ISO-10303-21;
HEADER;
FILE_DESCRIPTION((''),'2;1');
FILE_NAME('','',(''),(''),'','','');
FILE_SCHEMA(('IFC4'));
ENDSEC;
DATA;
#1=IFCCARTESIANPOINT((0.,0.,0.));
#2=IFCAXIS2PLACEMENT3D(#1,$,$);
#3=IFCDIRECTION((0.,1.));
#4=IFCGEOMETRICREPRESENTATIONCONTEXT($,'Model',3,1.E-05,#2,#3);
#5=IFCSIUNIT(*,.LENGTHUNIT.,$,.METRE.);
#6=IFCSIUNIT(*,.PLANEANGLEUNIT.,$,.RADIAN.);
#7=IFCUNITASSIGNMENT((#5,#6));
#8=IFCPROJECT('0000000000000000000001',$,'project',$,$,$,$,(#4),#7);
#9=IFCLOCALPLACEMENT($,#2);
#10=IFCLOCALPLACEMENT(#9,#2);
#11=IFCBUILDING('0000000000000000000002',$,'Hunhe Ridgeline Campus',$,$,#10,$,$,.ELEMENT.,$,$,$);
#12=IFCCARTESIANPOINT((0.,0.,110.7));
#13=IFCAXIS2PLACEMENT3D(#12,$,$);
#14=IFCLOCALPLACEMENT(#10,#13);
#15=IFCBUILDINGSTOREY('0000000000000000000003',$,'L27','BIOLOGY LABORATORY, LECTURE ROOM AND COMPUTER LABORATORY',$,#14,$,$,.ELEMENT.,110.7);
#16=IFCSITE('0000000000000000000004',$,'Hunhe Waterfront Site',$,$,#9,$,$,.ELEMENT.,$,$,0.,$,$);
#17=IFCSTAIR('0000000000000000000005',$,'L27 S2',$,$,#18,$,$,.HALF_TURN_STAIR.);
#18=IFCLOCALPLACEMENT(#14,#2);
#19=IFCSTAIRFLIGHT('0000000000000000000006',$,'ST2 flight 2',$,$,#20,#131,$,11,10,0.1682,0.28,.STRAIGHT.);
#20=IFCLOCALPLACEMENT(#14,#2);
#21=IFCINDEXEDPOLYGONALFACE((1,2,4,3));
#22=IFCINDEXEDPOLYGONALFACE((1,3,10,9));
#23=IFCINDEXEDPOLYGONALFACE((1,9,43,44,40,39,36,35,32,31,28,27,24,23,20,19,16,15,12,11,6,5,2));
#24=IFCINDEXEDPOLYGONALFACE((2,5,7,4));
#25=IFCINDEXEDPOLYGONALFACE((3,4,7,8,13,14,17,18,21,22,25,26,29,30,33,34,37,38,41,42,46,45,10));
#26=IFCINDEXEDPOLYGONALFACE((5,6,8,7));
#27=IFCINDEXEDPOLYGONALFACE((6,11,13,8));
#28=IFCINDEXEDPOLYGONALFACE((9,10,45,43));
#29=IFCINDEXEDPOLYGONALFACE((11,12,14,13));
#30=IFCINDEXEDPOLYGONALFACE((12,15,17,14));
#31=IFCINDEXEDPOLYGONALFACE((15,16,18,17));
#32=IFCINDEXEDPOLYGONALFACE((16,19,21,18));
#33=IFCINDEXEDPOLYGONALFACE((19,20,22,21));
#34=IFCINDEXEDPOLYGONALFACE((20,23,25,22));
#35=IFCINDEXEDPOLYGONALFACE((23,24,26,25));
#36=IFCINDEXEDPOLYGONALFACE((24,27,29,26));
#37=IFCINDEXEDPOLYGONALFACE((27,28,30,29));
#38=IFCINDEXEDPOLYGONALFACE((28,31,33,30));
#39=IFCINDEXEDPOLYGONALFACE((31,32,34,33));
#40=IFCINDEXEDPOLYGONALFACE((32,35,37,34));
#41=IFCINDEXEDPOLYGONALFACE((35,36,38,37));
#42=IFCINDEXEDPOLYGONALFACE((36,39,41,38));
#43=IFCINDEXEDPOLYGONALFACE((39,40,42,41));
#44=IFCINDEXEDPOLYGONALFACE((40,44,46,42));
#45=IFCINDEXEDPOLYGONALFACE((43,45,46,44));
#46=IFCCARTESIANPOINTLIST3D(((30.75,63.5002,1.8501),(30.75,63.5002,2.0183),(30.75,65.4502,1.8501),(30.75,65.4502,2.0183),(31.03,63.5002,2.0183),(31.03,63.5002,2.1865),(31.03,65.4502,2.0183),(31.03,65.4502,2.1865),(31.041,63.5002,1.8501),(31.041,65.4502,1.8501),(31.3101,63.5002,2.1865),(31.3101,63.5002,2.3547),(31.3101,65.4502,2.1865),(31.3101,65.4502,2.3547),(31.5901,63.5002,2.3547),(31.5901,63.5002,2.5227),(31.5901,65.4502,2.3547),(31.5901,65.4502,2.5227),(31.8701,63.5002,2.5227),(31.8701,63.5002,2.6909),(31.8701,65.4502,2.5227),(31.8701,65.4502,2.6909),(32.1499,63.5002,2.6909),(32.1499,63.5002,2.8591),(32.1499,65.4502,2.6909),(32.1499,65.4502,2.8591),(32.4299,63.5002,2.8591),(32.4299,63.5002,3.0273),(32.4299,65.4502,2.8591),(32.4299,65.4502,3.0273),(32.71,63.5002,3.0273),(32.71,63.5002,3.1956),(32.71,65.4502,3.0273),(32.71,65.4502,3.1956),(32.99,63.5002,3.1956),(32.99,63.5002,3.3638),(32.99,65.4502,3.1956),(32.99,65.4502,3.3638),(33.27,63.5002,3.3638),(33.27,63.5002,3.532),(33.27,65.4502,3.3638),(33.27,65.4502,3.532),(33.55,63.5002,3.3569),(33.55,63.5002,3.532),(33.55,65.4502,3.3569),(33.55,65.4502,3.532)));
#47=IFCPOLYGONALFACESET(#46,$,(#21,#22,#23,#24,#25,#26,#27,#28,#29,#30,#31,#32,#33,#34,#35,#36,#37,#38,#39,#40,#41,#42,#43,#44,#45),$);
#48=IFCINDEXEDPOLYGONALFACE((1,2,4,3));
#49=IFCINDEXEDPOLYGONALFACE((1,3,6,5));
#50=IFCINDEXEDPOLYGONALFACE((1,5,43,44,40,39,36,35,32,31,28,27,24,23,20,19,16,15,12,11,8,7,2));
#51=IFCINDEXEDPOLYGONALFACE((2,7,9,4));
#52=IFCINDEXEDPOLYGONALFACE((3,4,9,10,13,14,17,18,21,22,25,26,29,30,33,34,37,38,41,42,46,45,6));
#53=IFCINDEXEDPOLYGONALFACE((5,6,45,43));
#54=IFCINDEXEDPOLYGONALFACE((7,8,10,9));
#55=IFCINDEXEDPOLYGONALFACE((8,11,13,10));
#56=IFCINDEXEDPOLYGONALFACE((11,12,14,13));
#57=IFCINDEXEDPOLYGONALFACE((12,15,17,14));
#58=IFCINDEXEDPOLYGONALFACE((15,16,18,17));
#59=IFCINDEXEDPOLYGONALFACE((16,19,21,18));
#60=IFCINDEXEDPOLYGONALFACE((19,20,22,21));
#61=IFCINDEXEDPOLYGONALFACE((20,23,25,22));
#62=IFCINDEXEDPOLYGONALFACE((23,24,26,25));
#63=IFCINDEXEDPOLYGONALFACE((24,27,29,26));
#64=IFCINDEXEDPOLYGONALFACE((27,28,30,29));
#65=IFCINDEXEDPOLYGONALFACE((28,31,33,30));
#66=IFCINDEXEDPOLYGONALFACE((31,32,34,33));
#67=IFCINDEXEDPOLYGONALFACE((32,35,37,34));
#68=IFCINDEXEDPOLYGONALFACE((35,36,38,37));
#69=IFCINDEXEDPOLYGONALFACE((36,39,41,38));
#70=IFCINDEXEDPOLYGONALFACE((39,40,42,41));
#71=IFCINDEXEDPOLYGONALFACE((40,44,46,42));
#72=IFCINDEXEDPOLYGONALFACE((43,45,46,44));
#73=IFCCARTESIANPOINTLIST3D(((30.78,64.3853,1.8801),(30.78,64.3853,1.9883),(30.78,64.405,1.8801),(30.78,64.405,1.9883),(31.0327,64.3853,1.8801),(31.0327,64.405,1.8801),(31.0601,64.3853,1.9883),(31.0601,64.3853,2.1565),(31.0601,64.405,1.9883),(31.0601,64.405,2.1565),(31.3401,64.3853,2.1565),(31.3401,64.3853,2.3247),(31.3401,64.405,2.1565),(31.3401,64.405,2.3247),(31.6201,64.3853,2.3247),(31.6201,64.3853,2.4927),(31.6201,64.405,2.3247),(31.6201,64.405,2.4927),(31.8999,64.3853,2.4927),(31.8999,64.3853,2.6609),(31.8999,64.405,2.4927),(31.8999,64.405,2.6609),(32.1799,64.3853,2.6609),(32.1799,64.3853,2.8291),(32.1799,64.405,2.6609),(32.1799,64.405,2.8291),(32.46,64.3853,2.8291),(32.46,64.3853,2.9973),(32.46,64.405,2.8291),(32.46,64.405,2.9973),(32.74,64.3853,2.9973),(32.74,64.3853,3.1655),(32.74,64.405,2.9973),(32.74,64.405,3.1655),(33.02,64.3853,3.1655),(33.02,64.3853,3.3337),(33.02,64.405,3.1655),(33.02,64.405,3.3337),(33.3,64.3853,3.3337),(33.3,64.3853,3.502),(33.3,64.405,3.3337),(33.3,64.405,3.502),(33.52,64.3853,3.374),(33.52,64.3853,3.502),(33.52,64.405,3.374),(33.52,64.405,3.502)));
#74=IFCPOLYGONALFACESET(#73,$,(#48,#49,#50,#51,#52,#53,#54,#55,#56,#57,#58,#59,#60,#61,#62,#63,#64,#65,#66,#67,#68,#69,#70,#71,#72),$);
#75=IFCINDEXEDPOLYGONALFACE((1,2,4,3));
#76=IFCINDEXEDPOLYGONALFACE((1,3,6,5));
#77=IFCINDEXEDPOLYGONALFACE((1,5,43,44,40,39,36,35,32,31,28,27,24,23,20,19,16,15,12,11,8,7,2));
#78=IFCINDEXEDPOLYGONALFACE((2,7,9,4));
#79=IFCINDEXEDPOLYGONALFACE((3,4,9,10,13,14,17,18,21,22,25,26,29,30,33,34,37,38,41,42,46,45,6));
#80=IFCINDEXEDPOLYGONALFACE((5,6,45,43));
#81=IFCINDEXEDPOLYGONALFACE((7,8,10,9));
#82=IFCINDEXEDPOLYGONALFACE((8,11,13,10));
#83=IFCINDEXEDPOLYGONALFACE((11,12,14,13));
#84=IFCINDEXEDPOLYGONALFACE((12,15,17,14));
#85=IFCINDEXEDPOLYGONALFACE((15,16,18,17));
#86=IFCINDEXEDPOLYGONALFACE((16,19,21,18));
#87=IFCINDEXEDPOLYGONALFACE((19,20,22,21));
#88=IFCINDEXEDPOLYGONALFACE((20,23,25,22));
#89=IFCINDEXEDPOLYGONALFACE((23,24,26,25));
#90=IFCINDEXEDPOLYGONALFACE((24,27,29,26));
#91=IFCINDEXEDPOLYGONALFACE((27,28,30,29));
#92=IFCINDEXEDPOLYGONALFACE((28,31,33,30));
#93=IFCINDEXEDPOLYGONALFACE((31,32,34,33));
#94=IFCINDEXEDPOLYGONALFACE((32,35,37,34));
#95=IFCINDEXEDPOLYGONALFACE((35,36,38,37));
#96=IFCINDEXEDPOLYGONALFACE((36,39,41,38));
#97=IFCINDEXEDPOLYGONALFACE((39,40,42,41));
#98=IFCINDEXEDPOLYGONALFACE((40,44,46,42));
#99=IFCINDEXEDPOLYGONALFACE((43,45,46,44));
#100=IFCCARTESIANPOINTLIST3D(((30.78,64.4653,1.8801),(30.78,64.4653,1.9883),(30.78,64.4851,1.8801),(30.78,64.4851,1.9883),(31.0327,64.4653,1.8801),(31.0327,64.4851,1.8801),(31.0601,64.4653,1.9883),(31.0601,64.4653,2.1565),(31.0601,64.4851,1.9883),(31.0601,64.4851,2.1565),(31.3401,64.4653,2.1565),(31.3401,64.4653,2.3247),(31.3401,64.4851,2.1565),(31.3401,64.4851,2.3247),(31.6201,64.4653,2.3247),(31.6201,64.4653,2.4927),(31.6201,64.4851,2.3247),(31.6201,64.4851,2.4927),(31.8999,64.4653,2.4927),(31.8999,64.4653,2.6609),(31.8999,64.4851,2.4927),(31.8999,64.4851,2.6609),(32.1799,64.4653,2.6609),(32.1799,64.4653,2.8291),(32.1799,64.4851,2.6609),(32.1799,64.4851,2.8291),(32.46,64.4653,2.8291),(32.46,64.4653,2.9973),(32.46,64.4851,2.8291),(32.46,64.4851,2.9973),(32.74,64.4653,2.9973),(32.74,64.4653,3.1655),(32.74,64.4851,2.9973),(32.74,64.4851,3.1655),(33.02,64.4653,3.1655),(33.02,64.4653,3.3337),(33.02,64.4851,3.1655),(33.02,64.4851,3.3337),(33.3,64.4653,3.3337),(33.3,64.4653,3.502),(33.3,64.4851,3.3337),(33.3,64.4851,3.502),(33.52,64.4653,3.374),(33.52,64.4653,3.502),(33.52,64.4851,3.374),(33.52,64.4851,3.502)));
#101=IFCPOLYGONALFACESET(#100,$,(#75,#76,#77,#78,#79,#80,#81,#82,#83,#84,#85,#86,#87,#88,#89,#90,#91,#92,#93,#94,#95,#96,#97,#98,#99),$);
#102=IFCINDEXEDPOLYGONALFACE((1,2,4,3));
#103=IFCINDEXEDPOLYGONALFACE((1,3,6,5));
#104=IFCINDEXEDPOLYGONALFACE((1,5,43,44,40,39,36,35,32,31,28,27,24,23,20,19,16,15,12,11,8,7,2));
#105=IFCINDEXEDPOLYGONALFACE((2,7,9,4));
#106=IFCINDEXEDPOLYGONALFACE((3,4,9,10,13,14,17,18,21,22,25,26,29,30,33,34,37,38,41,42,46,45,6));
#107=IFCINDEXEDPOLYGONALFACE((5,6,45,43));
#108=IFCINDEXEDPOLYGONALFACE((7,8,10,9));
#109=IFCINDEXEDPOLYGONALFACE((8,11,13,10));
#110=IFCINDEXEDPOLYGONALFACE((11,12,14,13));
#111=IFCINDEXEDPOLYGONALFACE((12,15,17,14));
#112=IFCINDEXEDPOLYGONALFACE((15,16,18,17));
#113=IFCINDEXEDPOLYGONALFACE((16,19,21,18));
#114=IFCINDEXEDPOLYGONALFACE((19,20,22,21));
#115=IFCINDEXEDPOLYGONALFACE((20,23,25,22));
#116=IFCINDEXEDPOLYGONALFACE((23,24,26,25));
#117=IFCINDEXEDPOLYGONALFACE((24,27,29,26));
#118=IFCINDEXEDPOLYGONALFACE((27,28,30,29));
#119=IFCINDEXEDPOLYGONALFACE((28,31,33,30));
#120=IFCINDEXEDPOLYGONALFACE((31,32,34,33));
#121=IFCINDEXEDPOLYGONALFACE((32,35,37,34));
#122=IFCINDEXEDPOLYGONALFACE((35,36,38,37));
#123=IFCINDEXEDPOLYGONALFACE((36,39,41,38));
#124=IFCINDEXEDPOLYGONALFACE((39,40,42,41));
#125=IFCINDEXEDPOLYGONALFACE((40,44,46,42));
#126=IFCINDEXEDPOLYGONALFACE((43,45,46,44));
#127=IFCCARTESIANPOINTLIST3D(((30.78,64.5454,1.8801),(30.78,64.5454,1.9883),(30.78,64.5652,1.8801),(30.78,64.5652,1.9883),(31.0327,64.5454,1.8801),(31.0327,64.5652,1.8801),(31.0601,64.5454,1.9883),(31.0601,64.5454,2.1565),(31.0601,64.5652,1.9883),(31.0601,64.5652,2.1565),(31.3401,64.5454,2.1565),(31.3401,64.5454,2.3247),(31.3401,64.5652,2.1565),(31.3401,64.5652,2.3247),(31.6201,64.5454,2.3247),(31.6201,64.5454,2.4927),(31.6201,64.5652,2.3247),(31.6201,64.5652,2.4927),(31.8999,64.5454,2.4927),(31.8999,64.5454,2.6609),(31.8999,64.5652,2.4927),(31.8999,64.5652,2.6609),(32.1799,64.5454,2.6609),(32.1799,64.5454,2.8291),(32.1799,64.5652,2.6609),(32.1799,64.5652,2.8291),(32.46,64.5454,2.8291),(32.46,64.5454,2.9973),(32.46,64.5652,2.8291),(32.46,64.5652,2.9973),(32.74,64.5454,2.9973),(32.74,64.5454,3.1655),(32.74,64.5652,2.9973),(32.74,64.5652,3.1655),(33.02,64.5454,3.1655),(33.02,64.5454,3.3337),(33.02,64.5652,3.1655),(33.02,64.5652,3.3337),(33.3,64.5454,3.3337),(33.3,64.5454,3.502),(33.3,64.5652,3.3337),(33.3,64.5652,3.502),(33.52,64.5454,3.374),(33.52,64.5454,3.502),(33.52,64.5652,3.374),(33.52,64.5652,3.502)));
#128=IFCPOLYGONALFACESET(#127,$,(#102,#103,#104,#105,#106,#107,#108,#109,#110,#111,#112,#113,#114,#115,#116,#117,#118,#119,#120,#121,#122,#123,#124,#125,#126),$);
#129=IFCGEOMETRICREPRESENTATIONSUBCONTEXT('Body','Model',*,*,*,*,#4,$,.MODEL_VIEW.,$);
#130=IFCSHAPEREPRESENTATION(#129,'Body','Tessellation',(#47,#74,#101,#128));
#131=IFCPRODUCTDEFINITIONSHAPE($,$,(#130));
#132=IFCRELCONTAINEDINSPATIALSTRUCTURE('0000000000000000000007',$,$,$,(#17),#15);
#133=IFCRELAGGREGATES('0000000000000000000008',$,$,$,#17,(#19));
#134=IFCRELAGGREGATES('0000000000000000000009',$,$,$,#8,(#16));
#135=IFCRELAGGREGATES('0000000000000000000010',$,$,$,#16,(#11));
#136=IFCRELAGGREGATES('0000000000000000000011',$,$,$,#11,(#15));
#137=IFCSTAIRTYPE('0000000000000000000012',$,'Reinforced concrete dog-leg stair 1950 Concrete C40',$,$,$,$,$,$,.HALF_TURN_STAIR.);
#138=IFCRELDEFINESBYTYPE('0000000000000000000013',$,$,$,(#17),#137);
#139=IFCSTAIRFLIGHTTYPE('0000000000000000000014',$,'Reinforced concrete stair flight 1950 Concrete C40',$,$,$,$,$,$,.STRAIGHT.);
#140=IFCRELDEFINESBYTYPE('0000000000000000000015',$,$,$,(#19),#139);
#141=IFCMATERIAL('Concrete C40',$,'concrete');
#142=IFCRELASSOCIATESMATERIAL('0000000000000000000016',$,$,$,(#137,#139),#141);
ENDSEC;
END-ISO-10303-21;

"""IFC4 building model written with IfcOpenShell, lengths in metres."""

from ifc_helpers import new_model, si_unit, direction, frame, origin, place, context, subcontext, project, spatial, polyline, outline, extrude, material, type_object, element, aggregate, save


model = new_model("IFC4")

# Units and contexts
model_context = context("Model", 3, precision=1e-05, world=origin(), true_north=direction((0.0, 1.0)))
body_context = subcontext(model_context, "Body", "Model", "MODEL_VIEW")
ifc_project = project(units=[si_unit("LENGTHUNIT", "METRE"), si_unit("PLANEANGLEUNIT", "RADIAN")], contexts=[model_context])

# Site, building, storey
site_placement = place(None, origin())
site = spatial("IfcSite", under=ifc_project, at=site_placement, Name="Hunhe Waterfront Site", CompositionType="ELEMENT", RefElevation=0.0)
building_placement = place(site_placement, origin())
building = spatial("IfcBuilding", under=site, at=building_placement, Name="Hunhe Ridgeline Campus", CompositionType="ELEMENT")
storey_placement = place(building_placement, frame((0.0, 0.0, 110.7)))
storey = spatial("IfcBuildingStorey", under=building, at=storey_placement, Name="L27", Description="BIOLOGY LABORATORY, LECTURE ROOM AND COMPUTER LABORATORY", CompositionType="ELEMENT", Elevation=110.7)

# Stair, stair flight
ifc_material_1 = material(Name="Concrete C40", Category="concrete")
stair_type = type_object("IfcStairType", Name="Reinforced concrete dog-leg stair 1950 Concrete C40", PredefinedType="HALF_TURN_STAIR", material=ifc_material_1)
stair_placement = place(storey_placement, origin())
stair = element("IfcStair", 1, at=stair_placement, inside=storey, type_object=stair_type, Name="L27 S2", PredefinedType="HALF_TURN_STAIR")
stair_flight_type = type_object("IfcStairFlightType", Name="Reinforced concrete stair flight 1950 Concrete C40", PredefinedType="STRAIGHT", material=ifc_material_1)
stair_flight_1_placement = place(storey_placement, frame((30.75, 64.4751, 1.8501), z_axis=(0.0, 0.0, 1.0), x_axis=(1.0, 0.0, 0.0)))
stair_flight_1 = element("IfcStairFlight", 2, at=stair_flight_1_placement, type_object=stair_flight_type, Name="ST2 flight 2", NumberOfRisers=11, NumberOfTreads=10, PredefinedType="STRAIGHT", RiserHeight=0.1682, TreadLength=0.28, context=body_context, shape_type="SweptSolid", body=[
    extrude(outline(polyline([(0.0, 0.0), (0.0, 0.1682), (0.28, 0.1682), (0.28, 0.3364), (0.5601, 0.3364), (0.5601, 0.5046), (0.8401, 0.5046), (0.8401, 0.6726), (1.1201, 0.6726), (1.1201, 0.8408), (1.3999, 0.8408), (1.3999, 1.009), (1.6799, 1.009), (1.6799, 1.1772), (1.96, 1.1772), (1.96, 1.3455), (2.24, 1.3455), (2.24, 1.5137), (2.52, 1.5137), (2.52, 1.6819), (2.8, 1.6819), (2.8, 1.8501), (2.8, 1.5068), (0.291, 0.0), (0.0, 0.0)])), frame((0.0, 0.9751, 0.0), z_axis=(0.0, -1.0, 0.0), x_axis=(1.0, 0.0, 0.0)), (0.0, 0.0, 1.0), 1.95),
    extrude(outline(polyline([(0.03, 0.03), (0.03, 0.1382), (0.3101, 0.1382), (0.3101, 0.3064), (0.5901, 0.3064), (0.5901, 0.4746), (0.8701, 0.4746), (0.8701, 0.6426), (1.1499, 0.6426), (1.1499, 0.8108), (1.4299, 0.8108), (1.4299, 0.979), (1.71, 0.979), (1.71, 1.1472), (1.99, 1.1472), (1.99, 1.3154), (2.27, 1.3154), (2.27, 1.4836), (2.55, 1.4836), (2.55, 1.6519), (2.77, 1.6519), (2.77, 1.5239), (0.2827, 0.03), (0.03, 0.03)])), frame((0.0, -0.0701, 0.0), z_axis=(0.0, -1.0, 0.0), x_axis=(1.0, 0.0, 0.0)), (0.0, 0.0, 1.0), 0.0198),
    extrude(outline(polyline([(0.03, 0.03), (0.03, 0.1382), (0.3101, 0.1382), (0.3101, 0.3064), (0.5901, 0.3064), (0.5901, 0.4746), (0.8701, 0.4746), (0.8701, 0.6426), (1.1499, 0.6426), (1.1499, 0.8108), (1.4299, 0.8108), (1.4299, 0.979), (1.71, 0.979), (1.71, 1.1472), (1.99, 1.1472), (1.99, 1.3154), (2.27, 1.3154), (2.27, 1.4836), (2.55, 1.4836), (2.55, 1.6519), (2.77, 1.6519), (2.77, 1.5239), (0.2827, 0.03), (0.03, 0.03)])), frame((0.0, 0.01, 0.0), z_axis=(0.0, -1.0, 0.0), x_axis=(1.0, 0.0, 0.0)), (0.0, 0.0, 1.0), 0.0198),
    extrude(outline(polyline([(0.03, 0.03), (0.03, 0.1382), (0.3101, 0.1382), (0.3101, 0.3064), (0.5901, 0.3064), (0.5901, 0.4746), (0.8701, 0.4746), (0.8701, 0.6426), (1.1499, 0.6426), (1.1499, 0.8108), (1.4299, 0.8108), (1.4299, 0.979), (1.71, 0.979), (1.71, 1.1472), (1.99, 1.1472), (1.99, 1.3154), (2.27, 1.3154), (2.27, 1.4836), (2.55, 1.4836), (2.55, 1.6519), (2.77, 1.6519), (2.77, 1.5239), (0.2827, 0.03), (0.03, 0.03)])), frame((0.0, 0.0901, 0.0), z_axis=(0.0, -1.0, 0.0), x_axis=(1.0, 0.0, 0.0)), (0.0, 0.0, 1.0), 0.0198),
])
aggregate(stair, [stair_flight_1])

save(model, "model.ifc")
